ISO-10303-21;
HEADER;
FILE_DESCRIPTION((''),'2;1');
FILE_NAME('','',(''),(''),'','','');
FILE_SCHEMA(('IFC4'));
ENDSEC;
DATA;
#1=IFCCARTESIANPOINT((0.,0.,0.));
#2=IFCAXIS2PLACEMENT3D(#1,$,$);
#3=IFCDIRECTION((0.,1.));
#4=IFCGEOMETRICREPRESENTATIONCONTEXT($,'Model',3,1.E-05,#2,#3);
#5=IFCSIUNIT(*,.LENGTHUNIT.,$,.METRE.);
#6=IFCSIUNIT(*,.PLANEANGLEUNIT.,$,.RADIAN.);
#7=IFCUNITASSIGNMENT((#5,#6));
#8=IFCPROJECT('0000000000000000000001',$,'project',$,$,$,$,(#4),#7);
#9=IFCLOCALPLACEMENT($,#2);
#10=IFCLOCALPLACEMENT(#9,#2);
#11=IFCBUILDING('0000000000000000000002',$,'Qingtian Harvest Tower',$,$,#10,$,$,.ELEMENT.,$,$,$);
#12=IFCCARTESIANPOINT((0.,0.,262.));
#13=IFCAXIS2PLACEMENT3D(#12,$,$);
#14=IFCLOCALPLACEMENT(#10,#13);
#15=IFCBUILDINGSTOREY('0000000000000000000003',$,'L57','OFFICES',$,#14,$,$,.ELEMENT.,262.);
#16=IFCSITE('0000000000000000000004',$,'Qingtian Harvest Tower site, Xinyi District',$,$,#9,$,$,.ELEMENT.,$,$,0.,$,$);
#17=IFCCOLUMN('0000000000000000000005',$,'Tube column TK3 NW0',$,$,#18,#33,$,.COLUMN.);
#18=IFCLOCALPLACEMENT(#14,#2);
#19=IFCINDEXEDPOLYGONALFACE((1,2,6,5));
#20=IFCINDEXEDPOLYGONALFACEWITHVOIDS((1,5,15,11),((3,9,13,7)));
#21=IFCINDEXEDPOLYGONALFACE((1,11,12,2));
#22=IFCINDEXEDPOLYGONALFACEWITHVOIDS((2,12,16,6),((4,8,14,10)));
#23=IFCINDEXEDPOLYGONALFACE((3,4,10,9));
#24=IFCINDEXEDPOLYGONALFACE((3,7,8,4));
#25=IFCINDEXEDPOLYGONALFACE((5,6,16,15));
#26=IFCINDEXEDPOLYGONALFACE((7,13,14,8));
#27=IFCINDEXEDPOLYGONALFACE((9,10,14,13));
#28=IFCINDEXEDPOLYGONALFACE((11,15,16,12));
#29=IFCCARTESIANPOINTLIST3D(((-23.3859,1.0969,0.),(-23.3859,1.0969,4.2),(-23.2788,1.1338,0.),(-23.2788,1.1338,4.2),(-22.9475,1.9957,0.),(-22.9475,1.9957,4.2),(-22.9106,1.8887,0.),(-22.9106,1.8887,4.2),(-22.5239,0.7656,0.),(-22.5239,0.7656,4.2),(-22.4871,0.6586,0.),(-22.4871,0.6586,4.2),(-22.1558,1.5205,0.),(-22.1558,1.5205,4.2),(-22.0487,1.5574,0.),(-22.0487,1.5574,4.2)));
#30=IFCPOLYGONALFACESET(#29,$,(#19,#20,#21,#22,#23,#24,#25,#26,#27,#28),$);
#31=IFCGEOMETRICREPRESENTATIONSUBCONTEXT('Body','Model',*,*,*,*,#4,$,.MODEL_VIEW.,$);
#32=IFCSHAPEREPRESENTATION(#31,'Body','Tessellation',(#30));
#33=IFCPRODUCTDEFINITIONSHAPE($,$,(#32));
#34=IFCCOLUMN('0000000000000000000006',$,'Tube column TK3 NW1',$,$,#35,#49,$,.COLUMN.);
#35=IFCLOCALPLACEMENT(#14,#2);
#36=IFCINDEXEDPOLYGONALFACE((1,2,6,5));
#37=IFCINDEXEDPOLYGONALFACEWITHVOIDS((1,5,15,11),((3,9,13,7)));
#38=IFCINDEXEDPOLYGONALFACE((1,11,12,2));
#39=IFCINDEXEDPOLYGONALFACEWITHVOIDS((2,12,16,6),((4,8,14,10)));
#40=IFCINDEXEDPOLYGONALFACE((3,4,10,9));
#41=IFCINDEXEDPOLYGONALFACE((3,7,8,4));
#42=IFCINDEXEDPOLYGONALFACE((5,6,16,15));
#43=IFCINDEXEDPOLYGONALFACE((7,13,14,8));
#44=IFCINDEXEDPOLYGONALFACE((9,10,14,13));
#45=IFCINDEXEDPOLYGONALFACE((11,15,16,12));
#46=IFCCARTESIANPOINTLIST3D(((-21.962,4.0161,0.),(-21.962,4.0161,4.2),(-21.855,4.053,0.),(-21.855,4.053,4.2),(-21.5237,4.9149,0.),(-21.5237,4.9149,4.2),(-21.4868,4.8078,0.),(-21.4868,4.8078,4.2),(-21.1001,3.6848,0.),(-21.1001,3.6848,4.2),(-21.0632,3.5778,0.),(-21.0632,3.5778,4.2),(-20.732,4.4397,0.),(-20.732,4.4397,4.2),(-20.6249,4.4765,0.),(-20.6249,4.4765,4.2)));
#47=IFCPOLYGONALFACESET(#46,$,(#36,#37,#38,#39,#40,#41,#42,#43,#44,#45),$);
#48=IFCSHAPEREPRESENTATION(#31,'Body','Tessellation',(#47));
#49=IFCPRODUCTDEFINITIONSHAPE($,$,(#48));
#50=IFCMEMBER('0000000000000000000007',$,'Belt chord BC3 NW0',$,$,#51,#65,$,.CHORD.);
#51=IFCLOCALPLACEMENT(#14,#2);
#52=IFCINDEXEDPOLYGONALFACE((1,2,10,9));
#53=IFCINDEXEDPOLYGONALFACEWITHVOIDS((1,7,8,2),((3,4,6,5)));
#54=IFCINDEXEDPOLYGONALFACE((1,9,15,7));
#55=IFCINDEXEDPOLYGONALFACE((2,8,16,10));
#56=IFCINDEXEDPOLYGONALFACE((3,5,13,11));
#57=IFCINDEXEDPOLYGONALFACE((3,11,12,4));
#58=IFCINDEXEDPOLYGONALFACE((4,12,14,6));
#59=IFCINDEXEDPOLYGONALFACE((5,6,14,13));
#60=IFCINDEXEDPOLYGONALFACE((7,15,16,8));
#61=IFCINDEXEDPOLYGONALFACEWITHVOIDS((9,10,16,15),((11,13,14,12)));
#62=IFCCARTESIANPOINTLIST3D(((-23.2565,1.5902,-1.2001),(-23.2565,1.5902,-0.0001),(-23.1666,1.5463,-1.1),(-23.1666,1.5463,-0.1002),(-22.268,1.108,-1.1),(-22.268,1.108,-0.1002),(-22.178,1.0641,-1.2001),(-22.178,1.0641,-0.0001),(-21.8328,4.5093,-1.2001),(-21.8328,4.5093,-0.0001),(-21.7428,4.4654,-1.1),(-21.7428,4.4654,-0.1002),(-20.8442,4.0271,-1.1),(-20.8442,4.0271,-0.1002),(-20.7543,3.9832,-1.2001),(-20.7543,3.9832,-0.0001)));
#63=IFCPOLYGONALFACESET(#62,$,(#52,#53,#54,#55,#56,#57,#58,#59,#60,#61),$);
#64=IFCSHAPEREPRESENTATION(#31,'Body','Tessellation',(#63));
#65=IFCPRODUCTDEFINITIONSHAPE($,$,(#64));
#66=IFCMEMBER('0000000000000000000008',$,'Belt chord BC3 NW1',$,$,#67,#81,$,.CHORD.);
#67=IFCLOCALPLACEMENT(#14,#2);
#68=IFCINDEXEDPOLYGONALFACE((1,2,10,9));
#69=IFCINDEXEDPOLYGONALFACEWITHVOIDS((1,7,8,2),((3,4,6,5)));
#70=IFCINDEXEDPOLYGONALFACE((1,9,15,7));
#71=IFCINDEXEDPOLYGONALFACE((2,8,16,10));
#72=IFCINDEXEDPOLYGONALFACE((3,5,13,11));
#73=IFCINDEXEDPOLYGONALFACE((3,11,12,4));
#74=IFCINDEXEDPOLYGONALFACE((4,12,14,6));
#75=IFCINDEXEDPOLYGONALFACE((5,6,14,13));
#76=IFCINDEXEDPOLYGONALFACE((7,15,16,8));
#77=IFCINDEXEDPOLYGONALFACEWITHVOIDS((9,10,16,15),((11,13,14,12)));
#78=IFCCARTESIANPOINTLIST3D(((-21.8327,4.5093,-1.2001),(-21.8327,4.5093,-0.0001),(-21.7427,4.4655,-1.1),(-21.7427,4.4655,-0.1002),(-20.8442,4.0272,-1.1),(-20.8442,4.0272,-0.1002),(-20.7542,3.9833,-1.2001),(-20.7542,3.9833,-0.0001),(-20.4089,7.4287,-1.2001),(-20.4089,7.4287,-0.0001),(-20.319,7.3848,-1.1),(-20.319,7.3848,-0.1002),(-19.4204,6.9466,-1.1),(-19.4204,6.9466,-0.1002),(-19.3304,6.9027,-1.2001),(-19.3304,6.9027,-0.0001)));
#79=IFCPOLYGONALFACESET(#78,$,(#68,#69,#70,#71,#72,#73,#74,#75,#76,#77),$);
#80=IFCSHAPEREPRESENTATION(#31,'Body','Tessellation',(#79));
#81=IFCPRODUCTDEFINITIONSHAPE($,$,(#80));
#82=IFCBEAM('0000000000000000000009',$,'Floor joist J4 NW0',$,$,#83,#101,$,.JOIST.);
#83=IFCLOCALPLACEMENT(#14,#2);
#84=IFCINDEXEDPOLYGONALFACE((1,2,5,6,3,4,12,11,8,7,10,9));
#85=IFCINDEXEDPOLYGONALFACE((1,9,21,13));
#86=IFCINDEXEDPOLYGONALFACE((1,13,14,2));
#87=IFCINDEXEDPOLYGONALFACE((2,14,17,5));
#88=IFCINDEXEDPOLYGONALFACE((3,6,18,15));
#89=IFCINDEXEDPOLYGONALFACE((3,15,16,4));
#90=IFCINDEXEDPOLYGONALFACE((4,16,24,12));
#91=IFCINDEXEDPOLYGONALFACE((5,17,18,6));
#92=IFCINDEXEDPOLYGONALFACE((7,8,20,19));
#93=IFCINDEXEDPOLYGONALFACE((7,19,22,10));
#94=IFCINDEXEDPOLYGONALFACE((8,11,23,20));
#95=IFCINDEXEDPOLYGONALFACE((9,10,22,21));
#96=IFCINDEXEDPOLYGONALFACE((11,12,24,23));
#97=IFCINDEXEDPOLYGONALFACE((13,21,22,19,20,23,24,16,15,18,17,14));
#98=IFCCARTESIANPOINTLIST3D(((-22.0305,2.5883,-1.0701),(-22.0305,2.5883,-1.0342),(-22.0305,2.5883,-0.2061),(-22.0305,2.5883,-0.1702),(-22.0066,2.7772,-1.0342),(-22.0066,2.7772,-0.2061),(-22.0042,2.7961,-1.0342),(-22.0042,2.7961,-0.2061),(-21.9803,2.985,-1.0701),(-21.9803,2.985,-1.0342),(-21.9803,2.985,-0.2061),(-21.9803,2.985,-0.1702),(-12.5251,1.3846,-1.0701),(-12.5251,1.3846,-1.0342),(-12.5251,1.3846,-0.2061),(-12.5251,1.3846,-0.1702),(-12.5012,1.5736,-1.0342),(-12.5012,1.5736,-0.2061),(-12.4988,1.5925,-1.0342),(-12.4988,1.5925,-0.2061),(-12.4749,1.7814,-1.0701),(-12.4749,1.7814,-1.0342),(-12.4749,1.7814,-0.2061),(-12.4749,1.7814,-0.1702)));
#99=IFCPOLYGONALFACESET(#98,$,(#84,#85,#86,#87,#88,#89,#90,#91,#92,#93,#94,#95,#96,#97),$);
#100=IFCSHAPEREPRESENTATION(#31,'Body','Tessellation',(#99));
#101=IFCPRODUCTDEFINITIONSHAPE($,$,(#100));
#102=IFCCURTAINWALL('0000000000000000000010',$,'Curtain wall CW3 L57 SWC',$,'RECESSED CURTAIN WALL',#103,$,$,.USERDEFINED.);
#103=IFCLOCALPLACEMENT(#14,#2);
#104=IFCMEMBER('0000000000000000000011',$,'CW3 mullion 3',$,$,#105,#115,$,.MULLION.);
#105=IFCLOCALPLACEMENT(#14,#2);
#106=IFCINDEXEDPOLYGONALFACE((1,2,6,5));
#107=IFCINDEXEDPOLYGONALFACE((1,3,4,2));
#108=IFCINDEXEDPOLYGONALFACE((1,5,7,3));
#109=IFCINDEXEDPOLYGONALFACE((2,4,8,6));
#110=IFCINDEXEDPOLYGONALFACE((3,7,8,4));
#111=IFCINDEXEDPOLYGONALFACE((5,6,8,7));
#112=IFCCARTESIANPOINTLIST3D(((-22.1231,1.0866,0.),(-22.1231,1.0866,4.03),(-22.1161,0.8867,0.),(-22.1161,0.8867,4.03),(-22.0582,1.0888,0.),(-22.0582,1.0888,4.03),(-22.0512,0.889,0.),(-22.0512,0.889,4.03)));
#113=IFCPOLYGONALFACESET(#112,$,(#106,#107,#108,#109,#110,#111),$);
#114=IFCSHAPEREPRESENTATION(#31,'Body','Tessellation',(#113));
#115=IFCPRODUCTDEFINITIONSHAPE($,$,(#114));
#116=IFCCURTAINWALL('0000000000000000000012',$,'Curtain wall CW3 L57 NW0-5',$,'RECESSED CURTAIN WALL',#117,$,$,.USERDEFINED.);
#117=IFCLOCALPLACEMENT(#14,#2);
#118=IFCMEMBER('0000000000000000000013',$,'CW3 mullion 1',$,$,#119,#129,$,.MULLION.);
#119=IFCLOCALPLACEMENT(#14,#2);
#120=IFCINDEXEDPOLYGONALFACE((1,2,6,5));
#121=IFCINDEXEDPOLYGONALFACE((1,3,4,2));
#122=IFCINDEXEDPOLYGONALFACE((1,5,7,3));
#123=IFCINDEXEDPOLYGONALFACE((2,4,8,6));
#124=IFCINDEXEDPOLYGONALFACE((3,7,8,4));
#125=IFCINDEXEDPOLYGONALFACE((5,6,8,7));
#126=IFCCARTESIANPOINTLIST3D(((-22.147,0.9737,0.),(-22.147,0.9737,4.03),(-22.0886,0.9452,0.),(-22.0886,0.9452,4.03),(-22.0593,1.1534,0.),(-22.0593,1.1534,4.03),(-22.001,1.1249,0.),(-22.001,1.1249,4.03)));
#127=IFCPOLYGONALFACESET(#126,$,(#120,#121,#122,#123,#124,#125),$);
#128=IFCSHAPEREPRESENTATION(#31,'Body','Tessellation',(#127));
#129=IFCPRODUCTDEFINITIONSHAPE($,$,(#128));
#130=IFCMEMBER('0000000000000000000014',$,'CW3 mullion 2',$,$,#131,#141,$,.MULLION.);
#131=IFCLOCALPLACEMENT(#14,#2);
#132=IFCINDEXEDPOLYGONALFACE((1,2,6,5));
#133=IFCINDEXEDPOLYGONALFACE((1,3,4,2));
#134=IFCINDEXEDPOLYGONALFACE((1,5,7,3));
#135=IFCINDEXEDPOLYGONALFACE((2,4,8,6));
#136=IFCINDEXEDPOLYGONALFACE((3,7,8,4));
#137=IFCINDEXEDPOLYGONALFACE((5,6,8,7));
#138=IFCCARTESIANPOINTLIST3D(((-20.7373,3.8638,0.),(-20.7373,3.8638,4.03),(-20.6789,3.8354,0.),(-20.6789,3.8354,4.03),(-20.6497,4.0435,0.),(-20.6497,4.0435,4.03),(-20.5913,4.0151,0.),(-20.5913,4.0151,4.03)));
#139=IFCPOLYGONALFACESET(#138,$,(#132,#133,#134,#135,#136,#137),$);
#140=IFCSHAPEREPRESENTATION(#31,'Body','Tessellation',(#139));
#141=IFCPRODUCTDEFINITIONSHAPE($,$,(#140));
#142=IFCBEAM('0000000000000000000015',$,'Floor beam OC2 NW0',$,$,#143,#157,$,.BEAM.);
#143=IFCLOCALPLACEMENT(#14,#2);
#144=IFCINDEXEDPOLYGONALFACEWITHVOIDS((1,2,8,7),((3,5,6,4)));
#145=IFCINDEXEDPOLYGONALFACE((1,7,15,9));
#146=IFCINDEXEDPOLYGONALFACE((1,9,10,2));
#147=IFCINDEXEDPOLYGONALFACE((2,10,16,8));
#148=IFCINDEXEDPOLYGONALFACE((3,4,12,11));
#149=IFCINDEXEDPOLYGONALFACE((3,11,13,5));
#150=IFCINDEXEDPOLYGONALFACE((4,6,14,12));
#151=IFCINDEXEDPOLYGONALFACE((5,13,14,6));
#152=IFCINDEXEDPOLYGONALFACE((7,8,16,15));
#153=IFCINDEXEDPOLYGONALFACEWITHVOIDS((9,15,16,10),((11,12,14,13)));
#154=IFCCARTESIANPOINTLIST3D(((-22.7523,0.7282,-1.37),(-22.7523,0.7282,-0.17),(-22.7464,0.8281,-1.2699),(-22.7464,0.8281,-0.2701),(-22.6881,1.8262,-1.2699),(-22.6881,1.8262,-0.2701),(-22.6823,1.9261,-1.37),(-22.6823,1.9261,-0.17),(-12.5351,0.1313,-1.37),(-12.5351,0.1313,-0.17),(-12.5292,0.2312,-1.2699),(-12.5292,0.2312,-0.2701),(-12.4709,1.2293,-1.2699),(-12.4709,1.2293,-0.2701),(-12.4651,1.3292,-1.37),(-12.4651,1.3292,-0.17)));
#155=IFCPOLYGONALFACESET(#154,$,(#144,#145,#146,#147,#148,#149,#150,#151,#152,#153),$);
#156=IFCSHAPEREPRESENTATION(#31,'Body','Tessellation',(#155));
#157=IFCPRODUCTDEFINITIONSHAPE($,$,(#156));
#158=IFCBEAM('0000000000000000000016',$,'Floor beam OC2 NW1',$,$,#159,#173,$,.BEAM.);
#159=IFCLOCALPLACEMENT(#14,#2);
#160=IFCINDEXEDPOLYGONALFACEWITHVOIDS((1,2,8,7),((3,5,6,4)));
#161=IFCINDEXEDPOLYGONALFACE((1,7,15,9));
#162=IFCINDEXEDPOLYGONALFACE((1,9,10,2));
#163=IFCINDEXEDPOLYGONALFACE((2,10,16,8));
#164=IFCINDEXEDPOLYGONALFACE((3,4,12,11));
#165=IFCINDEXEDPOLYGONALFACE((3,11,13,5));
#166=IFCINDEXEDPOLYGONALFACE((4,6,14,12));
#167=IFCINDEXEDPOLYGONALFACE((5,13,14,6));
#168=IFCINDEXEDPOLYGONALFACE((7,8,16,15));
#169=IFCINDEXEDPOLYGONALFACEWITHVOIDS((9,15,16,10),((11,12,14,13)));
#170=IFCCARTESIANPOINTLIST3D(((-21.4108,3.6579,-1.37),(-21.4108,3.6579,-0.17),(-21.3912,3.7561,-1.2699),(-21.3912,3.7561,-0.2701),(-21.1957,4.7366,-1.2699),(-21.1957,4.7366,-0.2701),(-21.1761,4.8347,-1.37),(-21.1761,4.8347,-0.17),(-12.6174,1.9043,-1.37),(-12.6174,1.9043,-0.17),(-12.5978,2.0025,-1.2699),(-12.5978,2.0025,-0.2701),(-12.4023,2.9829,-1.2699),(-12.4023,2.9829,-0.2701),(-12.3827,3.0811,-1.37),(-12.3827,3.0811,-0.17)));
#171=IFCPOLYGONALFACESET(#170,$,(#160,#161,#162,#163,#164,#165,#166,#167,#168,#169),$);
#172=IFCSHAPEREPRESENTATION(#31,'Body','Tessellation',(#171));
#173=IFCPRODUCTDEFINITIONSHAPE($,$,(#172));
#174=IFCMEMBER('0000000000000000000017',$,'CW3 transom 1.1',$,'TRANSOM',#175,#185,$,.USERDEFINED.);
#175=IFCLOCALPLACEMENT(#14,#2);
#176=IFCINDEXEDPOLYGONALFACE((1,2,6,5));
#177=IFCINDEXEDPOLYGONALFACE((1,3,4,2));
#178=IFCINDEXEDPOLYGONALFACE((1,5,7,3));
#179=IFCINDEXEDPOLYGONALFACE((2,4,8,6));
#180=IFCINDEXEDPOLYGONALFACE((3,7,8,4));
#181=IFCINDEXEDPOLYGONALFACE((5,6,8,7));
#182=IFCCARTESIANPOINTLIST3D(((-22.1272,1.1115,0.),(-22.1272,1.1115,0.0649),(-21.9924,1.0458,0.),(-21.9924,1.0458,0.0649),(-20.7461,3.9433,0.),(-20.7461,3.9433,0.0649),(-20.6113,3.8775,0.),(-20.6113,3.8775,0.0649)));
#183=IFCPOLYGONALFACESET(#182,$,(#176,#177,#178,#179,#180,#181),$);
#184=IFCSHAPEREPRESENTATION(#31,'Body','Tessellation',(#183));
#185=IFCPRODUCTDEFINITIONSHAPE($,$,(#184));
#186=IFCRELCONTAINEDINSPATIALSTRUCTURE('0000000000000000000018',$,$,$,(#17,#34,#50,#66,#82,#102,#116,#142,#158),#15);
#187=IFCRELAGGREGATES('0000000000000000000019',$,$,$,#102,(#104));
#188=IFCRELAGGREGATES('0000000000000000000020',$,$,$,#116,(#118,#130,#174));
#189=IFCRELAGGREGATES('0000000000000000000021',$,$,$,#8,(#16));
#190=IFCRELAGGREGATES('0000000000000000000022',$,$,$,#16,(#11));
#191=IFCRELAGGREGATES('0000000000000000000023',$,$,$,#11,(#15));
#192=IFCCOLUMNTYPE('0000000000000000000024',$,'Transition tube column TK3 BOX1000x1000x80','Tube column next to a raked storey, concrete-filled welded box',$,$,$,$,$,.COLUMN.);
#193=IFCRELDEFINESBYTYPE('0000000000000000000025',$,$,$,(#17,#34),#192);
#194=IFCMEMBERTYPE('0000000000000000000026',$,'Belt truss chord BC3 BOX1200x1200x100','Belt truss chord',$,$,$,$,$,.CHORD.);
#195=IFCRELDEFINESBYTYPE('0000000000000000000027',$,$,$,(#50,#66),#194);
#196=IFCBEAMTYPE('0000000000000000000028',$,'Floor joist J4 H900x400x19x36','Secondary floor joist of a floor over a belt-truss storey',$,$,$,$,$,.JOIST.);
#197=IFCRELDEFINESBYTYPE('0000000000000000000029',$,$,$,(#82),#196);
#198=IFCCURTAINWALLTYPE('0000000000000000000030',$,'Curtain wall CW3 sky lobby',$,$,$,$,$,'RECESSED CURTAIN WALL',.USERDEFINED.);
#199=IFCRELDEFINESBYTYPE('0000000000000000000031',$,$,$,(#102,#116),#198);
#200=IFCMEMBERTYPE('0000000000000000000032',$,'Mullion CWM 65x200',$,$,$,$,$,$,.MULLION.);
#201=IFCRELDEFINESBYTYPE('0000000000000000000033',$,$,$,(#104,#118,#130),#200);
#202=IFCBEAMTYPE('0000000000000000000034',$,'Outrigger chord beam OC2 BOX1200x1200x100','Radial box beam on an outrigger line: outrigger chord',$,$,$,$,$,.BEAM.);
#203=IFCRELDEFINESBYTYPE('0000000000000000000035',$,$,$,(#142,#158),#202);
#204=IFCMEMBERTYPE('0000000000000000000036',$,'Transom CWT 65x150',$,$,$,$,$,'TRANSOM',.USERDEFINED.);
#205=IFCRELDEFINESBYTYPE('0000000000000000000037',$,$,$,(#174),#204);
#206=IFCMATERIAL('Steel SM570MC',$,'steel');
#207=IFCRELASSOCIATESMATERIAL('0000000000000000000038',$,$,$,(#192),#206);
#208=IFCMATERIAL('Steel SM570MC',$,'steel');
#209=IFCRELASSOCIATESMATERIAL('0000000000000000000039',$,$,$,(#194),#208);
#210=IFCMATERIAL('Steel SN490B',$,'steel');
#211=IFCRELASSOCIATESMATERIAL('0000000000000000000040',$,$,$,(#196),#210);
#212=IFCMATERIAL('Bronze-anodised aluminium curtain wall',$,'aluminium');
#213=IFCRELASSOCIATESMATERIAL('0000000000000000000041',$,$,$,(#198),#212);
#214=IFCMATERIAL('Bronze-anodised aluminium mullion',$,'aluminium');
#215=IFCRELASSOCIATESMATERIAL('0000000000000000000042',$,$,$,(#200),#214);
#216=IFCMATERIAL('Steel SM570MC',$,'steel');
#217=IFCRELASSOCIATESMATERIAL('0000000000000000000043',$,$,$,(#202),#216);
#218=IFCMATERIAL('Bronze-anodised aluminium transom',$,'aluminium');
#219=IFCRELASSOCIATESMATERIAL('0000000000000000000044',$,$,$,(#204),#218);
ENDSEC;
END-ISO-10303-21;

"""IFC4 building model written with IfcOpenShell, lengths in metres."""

from ifc_helpers import new_model, si_unit, direction, frame, origin, origin_2d, place, context, subcontext, project, spatial, rectangle, hollow_rectangle, i_section, extrude, material, material_profile, profile_set, type_object, element, aggregate, save


model = new_model("IFC4")

# Units and contexts
model_context = context("Model", 3, precision=1e-05, world=origin(), true_north=direction((0.0, 1.0)))
body_context = subcontext(model_context, "Body", "Model", "MODEL_VIEW")
ifc_project = project(units=[si_unit("LENGTHUNIT", "METRE"), si_unit("PLANEANGLEUNIT", "RADIAN")], contexts=[model_context])

# Site, building, storey
site_placement = place(None, origin())
site = spatial("IfcSite", under=ifc_project, at=site_placement, Name="Qingtian Harvest Tower site, Xinyi District", CompositionType="ELEMENT", RefElevation=0.0)
building_placement = place(site_placement, origin())
building = spatial("IfcBuilding", under=site, at=building_placement, Name="Qingtian Harvest Tower", CompositionType="ELEMENT")
storey_placement = place(building_placement, frame((0.0, 0.0, 262.0)))
storey = spatial("IfcBuildingStorey", under=building, at=storey_placement, Name="L57", Description="OFFICES", CompositionType="ELEMENT", Elevation=262.0)

# Columns
ifc_material_1 = material(Name="Steel SM570MC", Category="steel")
ifc_material_profile_1 = material_profile(ifc_material_1, hollow_rectangle(XDim=1.0, YDim=1.0, WallThickness=0.0801, at=origin_2d()), Name="BOX1000x1000x80")
ifc_profile_set_1 = profile_set([ifc_material_profile_1], Name="Steel SM570MC")
column_type = type_object("IfcColumnType", Name="Transition tube column TK3 BOX1000x1000x80", Description="Tube column next to a raked storey, concrete-filled welded box", PredefinedType="COLUMN", material=ifc_profile_set_1)
for number, where, z_axis, x_axis, name in (
    (1, (-22.7173, 1.3271, 0.0), (0.0, 0.0, 1.0), (-0.438371, -0.898794, 0.0), "Tube column TK3 NW0"),
    (2, (-21.2935, 4.2463, 0.0), (0.0, 0.0, 1.0), (-0.438371, -0.898794, 0.0), "Tube column TK3 NW1"),
):
    element("IfcColumn", number, at=place(storey_placement, frame(where, z_axis=z_axis, x_axis=x_axis)), inside=storey, type_object=column_type, Name=name, PredefinedType="COLUMN", context=body_context, shape_type="SweptSolid", body=[
        extrude(hollow_rectangle(XDim=1.0, YDim=1.0, WallThickness=0.0801, at=origin_2d()), origin(), (0.0, 0.0, 1.0), 4.2),
    ])

# Members
ifc_material_2 = material(Name="Steel SM570MC", Category="steel")
ifc_material_profile_2 = material_profile(ifc_material_2, hollow_rectangle(XDim=1.2, YDim=1.2, WallThickness=0.1001, at=origin_2d()), Name="BOX1200x1200x100")
ifc_profile_set_2 = profile_set([ifc_material_profile_2], Name="Steel SM570MC")
member_type_1 = type_object("IfcMemberType", Name="Belt truss chord BC3 BOX1200x1200x100", Description="Belt truss chord", PredefinedType="CHORD", material=ifc_profile_set_2)
member_1_placement = place(storey_placement, frame((-22.7173, 1.3271, -0.6001), z_axis=(0.438382, 0.898789, 0.0), x_axis=(-0.898789, 0.438382, 0.0)))
element("IfcMember", 3, at=member_1_placement, inside=storey, type_object=member_type_1, Name="Belt chord BC3 NW0", PredefinedType="CHORD", context=body_context, shape_type="SweptSolid", body=[
    extrude(hollow_rectangle(XDim=1.2, YDim=1.2, WallThickness=0.1001, at=origin_2d()), origin(), (0.0, 0.0, 1.0), 3.2478),
])
member_2_placement = place(storey_placement, frame((-21.2935, 4.2463, -0.6001), z_axis=(0.438353, 0.898803, 0.0), x_axis=(-0.898803, 0.438353, 0.0)))
element("IfcMember", 4, at=member_2_placement, inside=storey, type_object=member_type_1, Name="Belt chord BC3 NW1", PredefinedType="CHORD", context=body_context, shape_type="SweptSolid", body=[
    extrude(hollow_rectangle(XDim=1.2, YDim=1.2, WallThickness=0.1001, at=origin_2d()), origin(), (0.0, 0.0, 1.0), 3.248),
])

# Beam
ifc_material_3 = material(Name="Steel SN490B", Category="steel")
ifc_material_profile_3 = material_profile(ifc_material_3, i_section(OverallWidth=0.3999, OverallDepth=0.8999, WebThickness=0.019, FlangeThickness=0.0359, at=origin_2d()), Name="H900x400x19x36")
ifc_profile_set_3 = profile_set([ifc_material_profile_3], Name="Steel SN490B")
beam_type_1 = type_object("IfcBeamType", Name="Floor joist J4 H900x400x19x36", Description="Secondary floor joist of a floor over a belt-truss storey", PredefinedType="JOIST", material=ifc_profile_set_3)
beam_1_placement = place(storey_placement, frame((-22.0054, 2.7866, -0.6201), z_axis=(0.992078, -0.125621, 0.0), x_axis=(0.125621, 0.992078, 0.0)))
element("IfcBeam", 5, at=beam_1_placement, inside=storey, type_object=beam_type_1, Name="Floor joist J4 NW0", PredefinedType="JOIST", context=body_context, shape_type="SweptSolid", body=[
    extrude(i_section(OverallWidth=0.3999, OverallDepth=0.8999, WebThickness=0.019, FlangeThickness=0.0359, at=origin_2d()), origin(), (0.0, 0.0, 1.0), 9.5813),
])

# Curtain wall, member
ifc_material_4 = material(Name="Bronze-anodised aluminium curtain wall", Category="aluminium")
curtain_wall_type = type_object("IfcCurtainWallType", Name="Curtain wall CW3 sky lobby", ElementType="RECESSED CURTAIN WALL", PredefinedType="USERDEFINED", material=ifc_material_4)
curtain_wall_1_placement = place(storey_placement, origin())
curtain_wall_1 = element("IfcCurtainWall", 6, at=curtain_wall_1_placement, inside=storey, type_object=curtain_wall_type, Name="Curtain wall CW3 L57 SWC", ObjectType="RECESSED CURTAIN WALL", PredefinedType="USERDEFINED")
ifc_material_5 = material(Name="Bronze-anodised aluminium mullion", Category="aluminium")
ifc_material_profile_4 = material_profile(ifc_material_5, rectangle(XDim=0.0649, YDim=0.2, at=origin_2d()), Name="AL 65x200")
ifc_profile_set_4 = profile_set([ifc_material_profile_4], Name="Bronze-anodised aluminium mullion")
member_type_2 = type_object("IfcMemberType", Name="Mullion CWM 65x200", PredefinedType="MULLION", material=ifc_profile_set_4)
member_3_placement = place(storey_placement, frame((-22.0872, 0.9878, 0.0), z_axis=(0.0, 0.0, 1.0), x_axis=(-0.999391, -0.034899, 0.0)))
member_3 = element("IfcMember", 7, at=member_3_placement, type_object=member_type_2, Name="CW3 mullion 3", PredefinedType="MULLION", context=body_context, shape_type="SweptSolid", body=[
    extrude(rectangle(XDim=0.0649, YDim=0.2, at=origin_2d()), origin(), (0.0, 0.0, 1.0), 4.03),
])

# Curtain wall, members
curtain_wall_2_placement = place(storey_placement, origin())
curtain_wall_2 = element("IfcCurtainWall", 8, at=curtain_wall_2_placement, inside=storey, type_object=curtain_wall_type, Name="Curtain wall CW3 L57 NW0-5", ObjectType="RECESSED CURTAIN WALL", PredefinedType="USERDEFINED")
member_4_placement = place(storey_placement, frame((-22.074, 1.0493, 0.0), z_axis=(0.0, 0.0, 1.0), x_axis=(-0.898794, 0.438371, 0.0)))
member_4 = element("IfcMember", 9, at=member_4_placement, type_object=member_type_2, Name="CW3 mullion 1", PredefinedType="MULLION", context=body_context, shape_type="SweptSolid", body=[
    extrude(rectangle(XDim=0.0649, YDim=0.2, at=origin_2d()), origin(), (0.0, 0.0, 1.0), 4.03),
])
member_5_placement = place(storey_placement, frame((-20.6643, 3.9395, 0.0), z_axis=(0.0, 0.0, 1.0), x_axis=(-0.898794, 0.438371, 0.0)))
member_5 = element("IfcMember", 10, at=member_5_placement, type_object=member_type_2, Name="CW3 mullion 2", PredefinedType="MULLION", context=body_context, shape_type="SweptSolid", body=[
    extrude(rectangle(XDim=0.0649, YDim=0.2, at=origin_2d()), origin(), (0.0, 0.0, 1.0), 4.03),
])

# Beams
ifc_material_6 = material(Name="Steel SM570MC", Category="steel")
ifc_material_profile_5 = material_profile(ifc_material_6, hollow_rectangle(XDim=1.2, YDim=1.2, WallThickness=0.1001, at=origin_2d()), Name="BOX1200x1200x100")
ifc_profile_set_5 = profile_set([ifc_material_profile_5], Name="Steel SM570MC")
beam_type_2 = type_object("IfcBeamType", Name="Outrigger chord beam OC2 BOX1200x1200x100", Description="Radial box beam on an outrigger line: outrigger chord", PredefinedType="BEAM", material=ifc_profile_set_5)
beam_2_placement = place(storey_placement, frame((-22.7173, 1.3271, -0.77), z_axis=(0.998298, -0.058323, 0.0), x_axis=(0.058323, 0.998298, 0.0)))
element("IfcBeam", 11, at=beam_2_placement, inside=storey, type_object=beam_type_2, Name="Floor beam OC2 NW0", PredefinedType="BEAM", context=body_context, shape_type="SweptSolid", body=[
    extrude(hollow_rectangle(XDim=1.2, YDim=1.2, WallThickness=0.1001, at=origin_2d()), origin(), (0.0, 0.0, 1.0), 10.2346),
])
beam_3_placement = place(storey_placement, frame((-21.2935, 4.2463, -0.77), z_axis=(0.980688, -0.195577, 0.0), x_axis=(0.195577, 0.980688, 0.0)))
element("IfcBeam", 12, at=beam_3_placement, inside=storey, type_object=beam_type_2, Name="Floor beam OC2 NW1", PredefinedType="BEAM", context=body_context, shape_type="SweptSolid", body=[
    extrude(hollow_rectangle(XDim=1.2, YDim=1.2, WallThickness=0.1001, at=origin_2d()), origin(), (0.0, 0.0, 1.0), 8.9666),
])

# Member
ifc_material_7 = material(Name="Bronze-anodised aluminium transom", Category="aluminium")
ifc_material_profile_6 = material_profile(ifc_material_7, rectangle(XDim=0.1499, YDim=0.0649, at=origin_2d()), Name="AL 65x150")
ifc_profile_set_6 = profile_set([ifc_material_profile_6], Name="Bronze-anodised aluminium transom")
member_type_3 = type_object("IfcMemberType", Name="Transom CWT 65x150", ElementType="TRANSOM", PredefinedType="USERDEFINED", material=ifc_profile_set_6)
member_6_placement = place(storey_placement, frame((-22.0598, 1.0786, 0.0325), z_axis=(0.438358, 0.8988, 0.0), x_axis=(-0.8988, 0.438358, 0.0)))
member_6 = element("IfcMember", 13, at=member_6_placement, type_object=member_type_3, Name="CW3 transom 1.1", ObjectType="TRANSOM", PredefinedType="USERDEFINED", context=body_context, shape_type="SweptSolid", body=[
    extrude(rectangle(XDim=0.1499, YDim=0.0649, at=origin_2d()), origin(), (0.0, 0.0, 1.0), 3.1506),
])

aggregate(curtain_wall_1, [member_3])
aggregate(curtain_wall_2, [member_4, member_5, member_6])

save(model, "model.ifc")
